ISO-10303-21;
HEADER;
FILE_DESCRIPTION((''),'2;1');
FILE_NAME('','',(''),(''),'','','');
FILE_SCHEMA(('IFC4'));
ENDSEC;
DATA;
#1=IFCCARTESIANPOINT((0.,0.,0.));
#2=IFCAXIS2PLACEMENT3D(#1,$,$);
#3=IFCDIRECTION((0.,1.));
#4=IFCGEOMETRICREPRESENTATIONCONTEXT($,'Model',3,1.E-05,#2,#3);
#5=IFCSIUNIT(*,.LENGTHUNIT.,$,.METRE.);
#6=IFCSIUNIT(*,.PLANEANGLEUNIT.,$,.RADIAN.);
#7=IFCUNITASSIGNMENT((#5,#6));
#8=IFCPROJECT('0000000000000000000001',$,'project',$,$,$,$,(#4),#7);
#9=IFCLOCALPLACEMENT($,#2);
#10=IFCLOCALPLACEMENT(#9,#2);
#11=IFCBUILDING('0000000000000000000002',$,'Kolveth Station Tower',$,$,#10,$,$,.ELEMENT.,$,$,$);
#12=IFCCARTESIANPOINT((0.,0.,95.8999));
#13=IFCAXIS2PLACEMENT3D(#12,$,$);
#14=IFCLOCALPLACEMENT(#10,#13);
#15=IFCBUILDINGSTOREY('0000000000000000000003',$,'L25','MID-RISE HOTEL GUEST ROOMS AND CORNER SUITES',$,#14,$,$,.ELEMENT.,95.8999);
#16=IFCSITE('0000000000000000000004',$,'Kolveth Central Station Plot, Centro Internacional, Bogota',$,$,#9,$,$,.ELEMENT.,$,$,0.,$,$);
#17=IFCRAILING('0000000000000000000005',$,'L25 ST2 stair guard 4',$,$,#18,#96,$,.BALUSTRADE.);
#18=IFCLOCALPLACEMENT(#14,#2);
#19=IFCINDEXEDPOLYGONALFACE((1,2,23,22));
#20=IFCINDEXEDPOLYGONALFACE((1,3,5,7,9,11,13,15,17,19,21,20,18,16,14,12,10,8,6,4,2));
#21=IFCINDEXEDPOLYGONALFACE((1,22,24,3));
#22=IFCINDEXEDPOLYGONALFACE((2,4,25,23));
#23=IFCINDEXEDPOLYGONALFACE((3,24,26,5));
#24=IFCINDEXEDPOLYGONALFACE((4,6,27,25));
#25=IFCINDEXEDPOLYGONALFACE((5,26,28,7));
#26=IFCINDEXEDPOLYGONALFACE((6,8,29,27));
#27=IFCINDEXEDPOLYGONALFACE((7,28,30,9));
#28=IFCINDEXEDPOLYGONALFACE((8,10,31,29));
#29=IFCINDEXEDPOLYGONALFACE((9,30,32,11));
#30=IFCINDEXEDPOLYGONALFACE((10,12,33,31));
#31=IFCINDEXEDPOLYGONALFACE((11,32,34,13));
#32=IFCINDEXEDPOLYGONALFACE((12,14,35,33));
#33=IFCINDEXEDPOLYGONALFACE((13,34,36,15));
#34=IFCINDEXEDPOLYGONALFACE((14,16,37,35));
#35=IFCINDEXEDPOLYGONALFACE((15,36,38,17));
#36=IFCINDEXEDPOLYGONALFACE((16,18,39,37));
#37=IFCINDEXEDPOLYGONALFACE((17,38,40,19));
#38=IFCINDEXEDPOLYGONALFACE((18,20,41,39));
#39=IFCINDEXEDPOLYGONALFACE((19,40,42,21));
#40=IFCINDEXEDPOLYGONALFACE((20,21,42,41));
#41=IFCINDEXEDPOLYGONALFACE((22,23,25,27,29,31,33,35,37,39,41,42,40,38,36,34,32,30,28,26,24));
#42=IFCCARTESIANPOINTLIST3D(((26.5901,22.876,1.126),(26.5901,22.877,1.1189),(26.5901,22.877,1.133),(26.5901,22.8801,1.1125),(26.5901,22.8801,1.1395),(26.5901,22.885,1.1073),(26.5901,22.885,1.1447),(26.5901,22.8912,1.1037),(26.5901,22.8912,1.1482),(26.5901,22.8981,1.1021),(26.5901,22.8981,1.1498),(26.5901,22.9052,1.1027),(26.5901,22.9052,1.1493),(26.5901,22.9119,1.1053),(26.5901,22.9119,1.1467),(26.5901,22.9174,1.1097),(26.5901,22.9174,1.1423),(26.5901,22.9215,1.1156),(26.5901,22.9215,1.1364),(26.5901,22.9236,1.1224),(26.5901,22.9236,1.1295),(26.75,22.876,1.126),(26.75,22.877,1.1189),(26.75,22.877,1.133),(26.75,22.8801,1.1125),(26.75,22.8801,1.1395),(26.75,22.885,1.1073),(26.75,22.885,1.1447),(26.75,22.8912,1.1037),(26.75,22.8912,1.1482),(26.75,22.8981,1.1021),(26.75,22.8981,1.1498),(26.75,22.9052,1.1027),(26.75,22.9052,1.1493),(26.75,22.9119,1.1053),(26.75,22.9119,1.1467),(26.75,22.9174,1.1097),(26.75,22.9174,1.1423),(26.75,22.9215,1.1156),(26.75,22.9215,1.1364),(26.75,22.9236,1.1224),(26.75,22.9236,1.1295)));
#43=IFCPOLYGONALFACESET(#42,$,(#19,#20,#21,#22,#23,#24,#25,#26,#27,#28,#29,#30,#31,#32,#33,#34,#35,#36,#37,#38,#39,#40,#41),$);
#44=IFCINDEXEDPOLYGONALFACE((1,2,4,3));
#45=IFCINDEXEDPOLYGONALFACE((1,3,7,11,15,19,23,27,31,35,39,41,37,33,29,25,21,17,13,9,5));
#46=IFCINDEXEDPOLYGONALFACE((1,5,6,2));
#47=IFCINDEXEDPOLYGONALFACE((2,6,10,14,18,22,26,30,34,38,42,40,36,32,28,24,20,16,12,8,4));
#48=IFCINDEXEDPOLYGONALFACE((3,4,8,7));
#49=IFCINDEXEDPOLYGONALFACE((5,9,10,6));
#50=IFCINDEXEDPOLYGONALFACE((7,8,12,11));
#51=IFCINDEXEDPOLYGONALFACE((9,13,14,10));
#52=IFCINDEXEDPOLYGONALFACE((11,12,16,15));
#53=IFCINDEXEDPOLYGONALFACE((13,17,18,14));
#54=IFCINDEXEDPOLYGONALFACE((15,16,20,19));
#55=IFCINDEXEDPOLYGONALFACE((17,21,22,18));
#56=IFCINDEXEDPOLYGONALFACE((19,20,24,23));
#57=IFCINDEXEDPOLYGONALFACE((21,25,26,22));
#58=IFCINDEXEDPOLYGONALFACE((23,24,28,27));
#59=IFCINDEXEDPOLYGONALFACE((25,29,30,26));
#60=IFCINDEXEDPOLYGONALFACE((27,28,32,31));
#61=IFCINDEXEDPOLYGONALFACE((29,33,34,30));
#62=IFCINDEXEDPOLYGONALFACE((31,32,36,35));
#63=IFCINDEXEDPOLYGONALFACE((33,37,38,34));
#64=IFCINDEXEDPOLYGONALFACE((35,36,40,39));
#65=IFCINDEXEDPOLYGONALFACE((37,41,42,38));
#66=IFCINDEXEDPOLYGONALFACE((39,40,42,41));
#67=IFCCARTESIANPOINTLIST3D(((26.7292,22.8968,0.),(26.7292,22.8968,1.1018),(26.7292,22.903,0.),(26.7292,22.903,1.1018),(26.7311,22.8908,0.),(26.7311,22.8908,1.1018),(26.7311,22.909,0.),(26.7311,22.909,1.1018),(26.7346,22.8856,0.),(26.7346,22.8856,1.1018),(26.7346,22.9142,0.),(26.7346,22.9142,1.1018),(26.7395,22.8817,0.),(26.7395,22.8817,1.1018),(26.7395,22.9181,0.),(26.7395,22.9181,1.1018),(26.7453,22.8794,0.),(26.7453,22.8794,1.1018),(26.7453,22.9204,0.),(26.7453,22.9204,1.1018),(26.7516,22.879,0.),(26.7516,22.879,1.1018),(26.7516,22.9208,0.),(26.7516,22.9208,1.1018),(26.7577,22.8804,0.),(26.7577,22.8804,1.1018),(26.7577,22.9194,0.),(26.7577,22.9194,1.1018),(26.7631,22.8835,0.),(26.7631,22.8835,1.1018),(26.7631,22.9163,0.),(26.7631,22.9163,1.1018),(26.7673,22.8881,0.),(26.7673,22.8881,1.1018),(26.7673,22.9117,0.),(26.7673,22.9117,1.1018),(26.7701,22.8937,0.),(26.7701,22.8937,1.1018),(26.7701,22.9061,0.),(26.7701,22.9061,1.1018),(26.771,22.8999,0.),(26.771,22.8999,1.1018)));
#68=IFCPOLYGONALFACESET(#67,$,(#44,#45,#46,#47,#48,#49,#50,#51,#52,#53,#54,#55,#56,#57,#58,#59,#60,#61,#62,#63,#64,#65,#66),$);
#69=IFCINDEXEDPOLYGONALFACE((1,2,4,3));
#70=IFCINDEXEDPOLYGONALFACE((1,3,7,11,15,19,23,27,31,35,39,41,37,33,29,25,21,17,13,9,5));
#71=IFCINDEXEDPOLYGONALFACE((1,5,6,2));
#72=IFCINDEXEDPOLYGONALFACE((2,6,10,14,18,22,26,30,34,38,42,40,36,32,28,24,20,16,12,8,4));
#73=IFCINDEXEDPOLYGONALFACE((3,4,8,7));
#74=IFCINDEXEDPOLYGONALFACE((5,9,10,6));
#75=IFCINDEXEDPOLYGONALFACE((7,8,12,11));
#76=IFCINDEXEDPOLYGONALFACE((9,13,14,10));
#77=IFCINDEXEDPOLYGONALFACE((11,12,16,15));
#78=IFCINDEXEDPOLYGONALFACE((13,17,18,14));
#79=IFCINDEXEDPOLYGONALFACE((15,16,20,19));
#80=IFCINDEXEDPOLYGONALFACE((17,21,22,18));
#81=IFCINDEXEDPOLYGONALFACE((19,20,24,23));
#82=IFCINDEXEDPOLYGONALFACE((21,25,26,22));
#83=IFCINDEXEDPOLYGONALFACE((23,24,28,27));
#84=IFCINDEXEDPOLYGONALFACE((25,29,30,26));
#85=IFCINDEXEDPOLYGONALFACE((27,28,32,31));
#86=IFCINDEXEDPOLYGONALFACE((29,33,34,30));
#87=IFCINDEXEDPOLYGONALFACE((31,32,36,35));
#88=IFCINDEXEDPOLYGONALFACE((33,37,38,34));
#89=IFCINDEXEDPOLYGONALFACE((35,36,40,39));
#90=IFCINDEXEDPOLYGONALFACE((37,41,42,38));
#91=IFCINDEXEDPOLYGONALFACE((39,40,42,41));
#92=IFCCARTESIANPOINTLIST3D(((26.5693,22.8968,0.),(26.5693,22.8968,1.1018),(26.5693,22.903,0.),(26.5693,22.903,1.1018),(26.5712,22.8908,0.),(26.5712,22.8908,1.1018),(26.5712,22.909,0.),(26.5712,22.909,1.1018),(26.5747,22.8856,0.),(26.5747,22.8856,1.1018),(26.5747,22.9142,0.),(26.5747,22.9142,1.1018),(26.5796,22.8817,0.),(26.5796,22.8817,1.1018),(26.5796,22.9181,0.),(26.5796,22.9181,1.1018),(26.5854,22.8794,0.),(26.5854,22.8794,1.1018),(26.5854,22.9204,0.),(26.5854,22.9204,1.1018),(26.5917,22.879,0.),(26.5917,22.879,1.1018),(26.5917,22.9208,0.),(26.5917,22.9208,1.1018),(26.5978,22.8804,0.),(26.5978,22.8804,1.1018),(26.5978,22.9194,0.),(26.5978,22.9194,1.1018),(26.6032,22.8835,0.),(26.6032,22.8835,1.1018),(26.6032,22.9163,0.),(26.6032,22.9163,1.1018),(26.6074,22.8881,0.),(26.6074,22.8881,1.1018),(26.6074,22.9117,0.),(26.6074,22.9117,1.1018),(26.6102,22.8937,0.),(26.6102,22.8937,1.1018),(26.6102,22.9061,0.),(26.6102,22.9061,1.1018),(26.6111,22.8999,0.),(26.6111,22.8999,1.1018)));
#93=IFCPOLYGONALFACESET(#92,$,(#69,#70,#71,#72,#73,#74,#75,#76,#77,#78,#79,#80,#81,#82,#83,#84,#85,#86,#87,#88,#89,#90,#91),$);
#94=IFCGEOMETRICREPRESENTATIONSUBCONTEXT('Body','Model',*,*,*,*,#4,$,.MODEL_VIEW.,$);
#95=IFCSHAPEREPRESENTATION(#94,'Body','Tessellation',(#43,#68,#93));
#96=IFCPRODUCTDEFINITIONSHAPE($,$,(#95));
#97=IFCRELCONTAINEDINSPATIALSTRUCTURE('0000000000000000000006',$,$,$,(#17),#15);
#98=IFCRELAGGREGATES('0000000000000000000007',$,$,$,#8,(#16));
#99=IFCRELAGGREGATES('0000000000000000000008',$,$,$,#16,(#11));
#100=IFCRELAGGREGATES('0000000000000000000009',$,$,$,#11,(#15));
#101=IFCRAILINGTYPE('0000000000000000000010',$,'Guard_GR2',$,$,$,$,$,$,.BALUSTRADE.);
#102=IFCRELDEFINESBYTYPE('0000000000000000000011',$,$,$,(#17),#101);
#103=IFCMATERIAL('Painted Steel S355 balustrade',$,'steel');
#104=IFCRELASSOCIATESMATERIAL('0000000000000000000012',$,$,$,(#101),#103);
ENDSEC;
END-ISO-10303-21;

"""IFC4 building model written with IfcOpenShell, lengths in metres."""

from ifc_helpers import new_model, si_unit, direction, frame, origin, origin_2d, place, context, subcontext, project, spatial, circle, extrude, material, type_object, element, save


model = new_model("IFC4")

# Units and contexts
model_context = context("Model", 3, precision=1e-05, world=origin(), true_north=direction((0.0, 1.0)))
body_context = subcontext(model_context, "Body", "Model", "MODEL_VIEW")
ifc_project = project(units=[si_unit("LENGTHUNIT", "METRE"), si_unit("PLANEANGLEUNIT", "RADIAN")], contexts=[model_context])

# Site, building, storey
site_placement = place(None, origin())
site = spatial("IfcSite", under=ifc_project, at=site_placement, Name="Kolveth Central Station Plot, Centro Internacional, Bogota", CompositionType="ELEMENT", RefElevation=0.0)
building_placement = place(site_placement, origin())
building = spatial("IfcBuilding", under=site, at=building_placement, Name="Kolveth Station Tower", CompositionType="ELEMENT")
storey_placement = place(building_placement, frame((0.0, 0.0, 95.8999)))
storey = spatial("IfcBuildingStorey", under=building, at=storey_placement, Name="L25", Description="MID-RISE HOTEL GUEST ROOMS AND CORNER SUITES", CompositionType="ELEMENT", Elevation=95.8999)

# Railing
ifc_material_1 = material(Name="Painted Steel S355 balustrade", Category="steel")
railing_type_1 = type_object("IfcRailingType", Name="Guard_GR2", PredefinedType="BALUSTRADE", material=ifc_material_1)
railing_1_placement = place(storey_placement, frame((26.75, 22.8999, 0.0)))
element("IfcRailing", 1, at=railing_1_placement, inside=storey, type_object=railing_type_1, Name="L25 ST2 stair guard 4", PredefinedType="BALUSTRADE", context=body_context, shape_type="SweptSolid", body=[
    extrude(circle(Radius=0.0239, at=origin_2d()), frame((0.0, 0.0, 1.126), z_axis=(-1.0, 0.0, 0.0), x_axis=(0.0, -1.0, 0.0)), (0.0, 0.0, 1.0), 0.1599),
    extrude(circle(Radius=0.021, at=origin_2d()), origin(), (0.0, 0.0, 1.0), 1.1018),
    extrude(circle(Radius=0.021, at=origin_2d()), frame((-0.1599, 0.0, 0.0)), (0.0, 0.0, 1.0), 1.1018),
])

save(model, "model.ifc")
